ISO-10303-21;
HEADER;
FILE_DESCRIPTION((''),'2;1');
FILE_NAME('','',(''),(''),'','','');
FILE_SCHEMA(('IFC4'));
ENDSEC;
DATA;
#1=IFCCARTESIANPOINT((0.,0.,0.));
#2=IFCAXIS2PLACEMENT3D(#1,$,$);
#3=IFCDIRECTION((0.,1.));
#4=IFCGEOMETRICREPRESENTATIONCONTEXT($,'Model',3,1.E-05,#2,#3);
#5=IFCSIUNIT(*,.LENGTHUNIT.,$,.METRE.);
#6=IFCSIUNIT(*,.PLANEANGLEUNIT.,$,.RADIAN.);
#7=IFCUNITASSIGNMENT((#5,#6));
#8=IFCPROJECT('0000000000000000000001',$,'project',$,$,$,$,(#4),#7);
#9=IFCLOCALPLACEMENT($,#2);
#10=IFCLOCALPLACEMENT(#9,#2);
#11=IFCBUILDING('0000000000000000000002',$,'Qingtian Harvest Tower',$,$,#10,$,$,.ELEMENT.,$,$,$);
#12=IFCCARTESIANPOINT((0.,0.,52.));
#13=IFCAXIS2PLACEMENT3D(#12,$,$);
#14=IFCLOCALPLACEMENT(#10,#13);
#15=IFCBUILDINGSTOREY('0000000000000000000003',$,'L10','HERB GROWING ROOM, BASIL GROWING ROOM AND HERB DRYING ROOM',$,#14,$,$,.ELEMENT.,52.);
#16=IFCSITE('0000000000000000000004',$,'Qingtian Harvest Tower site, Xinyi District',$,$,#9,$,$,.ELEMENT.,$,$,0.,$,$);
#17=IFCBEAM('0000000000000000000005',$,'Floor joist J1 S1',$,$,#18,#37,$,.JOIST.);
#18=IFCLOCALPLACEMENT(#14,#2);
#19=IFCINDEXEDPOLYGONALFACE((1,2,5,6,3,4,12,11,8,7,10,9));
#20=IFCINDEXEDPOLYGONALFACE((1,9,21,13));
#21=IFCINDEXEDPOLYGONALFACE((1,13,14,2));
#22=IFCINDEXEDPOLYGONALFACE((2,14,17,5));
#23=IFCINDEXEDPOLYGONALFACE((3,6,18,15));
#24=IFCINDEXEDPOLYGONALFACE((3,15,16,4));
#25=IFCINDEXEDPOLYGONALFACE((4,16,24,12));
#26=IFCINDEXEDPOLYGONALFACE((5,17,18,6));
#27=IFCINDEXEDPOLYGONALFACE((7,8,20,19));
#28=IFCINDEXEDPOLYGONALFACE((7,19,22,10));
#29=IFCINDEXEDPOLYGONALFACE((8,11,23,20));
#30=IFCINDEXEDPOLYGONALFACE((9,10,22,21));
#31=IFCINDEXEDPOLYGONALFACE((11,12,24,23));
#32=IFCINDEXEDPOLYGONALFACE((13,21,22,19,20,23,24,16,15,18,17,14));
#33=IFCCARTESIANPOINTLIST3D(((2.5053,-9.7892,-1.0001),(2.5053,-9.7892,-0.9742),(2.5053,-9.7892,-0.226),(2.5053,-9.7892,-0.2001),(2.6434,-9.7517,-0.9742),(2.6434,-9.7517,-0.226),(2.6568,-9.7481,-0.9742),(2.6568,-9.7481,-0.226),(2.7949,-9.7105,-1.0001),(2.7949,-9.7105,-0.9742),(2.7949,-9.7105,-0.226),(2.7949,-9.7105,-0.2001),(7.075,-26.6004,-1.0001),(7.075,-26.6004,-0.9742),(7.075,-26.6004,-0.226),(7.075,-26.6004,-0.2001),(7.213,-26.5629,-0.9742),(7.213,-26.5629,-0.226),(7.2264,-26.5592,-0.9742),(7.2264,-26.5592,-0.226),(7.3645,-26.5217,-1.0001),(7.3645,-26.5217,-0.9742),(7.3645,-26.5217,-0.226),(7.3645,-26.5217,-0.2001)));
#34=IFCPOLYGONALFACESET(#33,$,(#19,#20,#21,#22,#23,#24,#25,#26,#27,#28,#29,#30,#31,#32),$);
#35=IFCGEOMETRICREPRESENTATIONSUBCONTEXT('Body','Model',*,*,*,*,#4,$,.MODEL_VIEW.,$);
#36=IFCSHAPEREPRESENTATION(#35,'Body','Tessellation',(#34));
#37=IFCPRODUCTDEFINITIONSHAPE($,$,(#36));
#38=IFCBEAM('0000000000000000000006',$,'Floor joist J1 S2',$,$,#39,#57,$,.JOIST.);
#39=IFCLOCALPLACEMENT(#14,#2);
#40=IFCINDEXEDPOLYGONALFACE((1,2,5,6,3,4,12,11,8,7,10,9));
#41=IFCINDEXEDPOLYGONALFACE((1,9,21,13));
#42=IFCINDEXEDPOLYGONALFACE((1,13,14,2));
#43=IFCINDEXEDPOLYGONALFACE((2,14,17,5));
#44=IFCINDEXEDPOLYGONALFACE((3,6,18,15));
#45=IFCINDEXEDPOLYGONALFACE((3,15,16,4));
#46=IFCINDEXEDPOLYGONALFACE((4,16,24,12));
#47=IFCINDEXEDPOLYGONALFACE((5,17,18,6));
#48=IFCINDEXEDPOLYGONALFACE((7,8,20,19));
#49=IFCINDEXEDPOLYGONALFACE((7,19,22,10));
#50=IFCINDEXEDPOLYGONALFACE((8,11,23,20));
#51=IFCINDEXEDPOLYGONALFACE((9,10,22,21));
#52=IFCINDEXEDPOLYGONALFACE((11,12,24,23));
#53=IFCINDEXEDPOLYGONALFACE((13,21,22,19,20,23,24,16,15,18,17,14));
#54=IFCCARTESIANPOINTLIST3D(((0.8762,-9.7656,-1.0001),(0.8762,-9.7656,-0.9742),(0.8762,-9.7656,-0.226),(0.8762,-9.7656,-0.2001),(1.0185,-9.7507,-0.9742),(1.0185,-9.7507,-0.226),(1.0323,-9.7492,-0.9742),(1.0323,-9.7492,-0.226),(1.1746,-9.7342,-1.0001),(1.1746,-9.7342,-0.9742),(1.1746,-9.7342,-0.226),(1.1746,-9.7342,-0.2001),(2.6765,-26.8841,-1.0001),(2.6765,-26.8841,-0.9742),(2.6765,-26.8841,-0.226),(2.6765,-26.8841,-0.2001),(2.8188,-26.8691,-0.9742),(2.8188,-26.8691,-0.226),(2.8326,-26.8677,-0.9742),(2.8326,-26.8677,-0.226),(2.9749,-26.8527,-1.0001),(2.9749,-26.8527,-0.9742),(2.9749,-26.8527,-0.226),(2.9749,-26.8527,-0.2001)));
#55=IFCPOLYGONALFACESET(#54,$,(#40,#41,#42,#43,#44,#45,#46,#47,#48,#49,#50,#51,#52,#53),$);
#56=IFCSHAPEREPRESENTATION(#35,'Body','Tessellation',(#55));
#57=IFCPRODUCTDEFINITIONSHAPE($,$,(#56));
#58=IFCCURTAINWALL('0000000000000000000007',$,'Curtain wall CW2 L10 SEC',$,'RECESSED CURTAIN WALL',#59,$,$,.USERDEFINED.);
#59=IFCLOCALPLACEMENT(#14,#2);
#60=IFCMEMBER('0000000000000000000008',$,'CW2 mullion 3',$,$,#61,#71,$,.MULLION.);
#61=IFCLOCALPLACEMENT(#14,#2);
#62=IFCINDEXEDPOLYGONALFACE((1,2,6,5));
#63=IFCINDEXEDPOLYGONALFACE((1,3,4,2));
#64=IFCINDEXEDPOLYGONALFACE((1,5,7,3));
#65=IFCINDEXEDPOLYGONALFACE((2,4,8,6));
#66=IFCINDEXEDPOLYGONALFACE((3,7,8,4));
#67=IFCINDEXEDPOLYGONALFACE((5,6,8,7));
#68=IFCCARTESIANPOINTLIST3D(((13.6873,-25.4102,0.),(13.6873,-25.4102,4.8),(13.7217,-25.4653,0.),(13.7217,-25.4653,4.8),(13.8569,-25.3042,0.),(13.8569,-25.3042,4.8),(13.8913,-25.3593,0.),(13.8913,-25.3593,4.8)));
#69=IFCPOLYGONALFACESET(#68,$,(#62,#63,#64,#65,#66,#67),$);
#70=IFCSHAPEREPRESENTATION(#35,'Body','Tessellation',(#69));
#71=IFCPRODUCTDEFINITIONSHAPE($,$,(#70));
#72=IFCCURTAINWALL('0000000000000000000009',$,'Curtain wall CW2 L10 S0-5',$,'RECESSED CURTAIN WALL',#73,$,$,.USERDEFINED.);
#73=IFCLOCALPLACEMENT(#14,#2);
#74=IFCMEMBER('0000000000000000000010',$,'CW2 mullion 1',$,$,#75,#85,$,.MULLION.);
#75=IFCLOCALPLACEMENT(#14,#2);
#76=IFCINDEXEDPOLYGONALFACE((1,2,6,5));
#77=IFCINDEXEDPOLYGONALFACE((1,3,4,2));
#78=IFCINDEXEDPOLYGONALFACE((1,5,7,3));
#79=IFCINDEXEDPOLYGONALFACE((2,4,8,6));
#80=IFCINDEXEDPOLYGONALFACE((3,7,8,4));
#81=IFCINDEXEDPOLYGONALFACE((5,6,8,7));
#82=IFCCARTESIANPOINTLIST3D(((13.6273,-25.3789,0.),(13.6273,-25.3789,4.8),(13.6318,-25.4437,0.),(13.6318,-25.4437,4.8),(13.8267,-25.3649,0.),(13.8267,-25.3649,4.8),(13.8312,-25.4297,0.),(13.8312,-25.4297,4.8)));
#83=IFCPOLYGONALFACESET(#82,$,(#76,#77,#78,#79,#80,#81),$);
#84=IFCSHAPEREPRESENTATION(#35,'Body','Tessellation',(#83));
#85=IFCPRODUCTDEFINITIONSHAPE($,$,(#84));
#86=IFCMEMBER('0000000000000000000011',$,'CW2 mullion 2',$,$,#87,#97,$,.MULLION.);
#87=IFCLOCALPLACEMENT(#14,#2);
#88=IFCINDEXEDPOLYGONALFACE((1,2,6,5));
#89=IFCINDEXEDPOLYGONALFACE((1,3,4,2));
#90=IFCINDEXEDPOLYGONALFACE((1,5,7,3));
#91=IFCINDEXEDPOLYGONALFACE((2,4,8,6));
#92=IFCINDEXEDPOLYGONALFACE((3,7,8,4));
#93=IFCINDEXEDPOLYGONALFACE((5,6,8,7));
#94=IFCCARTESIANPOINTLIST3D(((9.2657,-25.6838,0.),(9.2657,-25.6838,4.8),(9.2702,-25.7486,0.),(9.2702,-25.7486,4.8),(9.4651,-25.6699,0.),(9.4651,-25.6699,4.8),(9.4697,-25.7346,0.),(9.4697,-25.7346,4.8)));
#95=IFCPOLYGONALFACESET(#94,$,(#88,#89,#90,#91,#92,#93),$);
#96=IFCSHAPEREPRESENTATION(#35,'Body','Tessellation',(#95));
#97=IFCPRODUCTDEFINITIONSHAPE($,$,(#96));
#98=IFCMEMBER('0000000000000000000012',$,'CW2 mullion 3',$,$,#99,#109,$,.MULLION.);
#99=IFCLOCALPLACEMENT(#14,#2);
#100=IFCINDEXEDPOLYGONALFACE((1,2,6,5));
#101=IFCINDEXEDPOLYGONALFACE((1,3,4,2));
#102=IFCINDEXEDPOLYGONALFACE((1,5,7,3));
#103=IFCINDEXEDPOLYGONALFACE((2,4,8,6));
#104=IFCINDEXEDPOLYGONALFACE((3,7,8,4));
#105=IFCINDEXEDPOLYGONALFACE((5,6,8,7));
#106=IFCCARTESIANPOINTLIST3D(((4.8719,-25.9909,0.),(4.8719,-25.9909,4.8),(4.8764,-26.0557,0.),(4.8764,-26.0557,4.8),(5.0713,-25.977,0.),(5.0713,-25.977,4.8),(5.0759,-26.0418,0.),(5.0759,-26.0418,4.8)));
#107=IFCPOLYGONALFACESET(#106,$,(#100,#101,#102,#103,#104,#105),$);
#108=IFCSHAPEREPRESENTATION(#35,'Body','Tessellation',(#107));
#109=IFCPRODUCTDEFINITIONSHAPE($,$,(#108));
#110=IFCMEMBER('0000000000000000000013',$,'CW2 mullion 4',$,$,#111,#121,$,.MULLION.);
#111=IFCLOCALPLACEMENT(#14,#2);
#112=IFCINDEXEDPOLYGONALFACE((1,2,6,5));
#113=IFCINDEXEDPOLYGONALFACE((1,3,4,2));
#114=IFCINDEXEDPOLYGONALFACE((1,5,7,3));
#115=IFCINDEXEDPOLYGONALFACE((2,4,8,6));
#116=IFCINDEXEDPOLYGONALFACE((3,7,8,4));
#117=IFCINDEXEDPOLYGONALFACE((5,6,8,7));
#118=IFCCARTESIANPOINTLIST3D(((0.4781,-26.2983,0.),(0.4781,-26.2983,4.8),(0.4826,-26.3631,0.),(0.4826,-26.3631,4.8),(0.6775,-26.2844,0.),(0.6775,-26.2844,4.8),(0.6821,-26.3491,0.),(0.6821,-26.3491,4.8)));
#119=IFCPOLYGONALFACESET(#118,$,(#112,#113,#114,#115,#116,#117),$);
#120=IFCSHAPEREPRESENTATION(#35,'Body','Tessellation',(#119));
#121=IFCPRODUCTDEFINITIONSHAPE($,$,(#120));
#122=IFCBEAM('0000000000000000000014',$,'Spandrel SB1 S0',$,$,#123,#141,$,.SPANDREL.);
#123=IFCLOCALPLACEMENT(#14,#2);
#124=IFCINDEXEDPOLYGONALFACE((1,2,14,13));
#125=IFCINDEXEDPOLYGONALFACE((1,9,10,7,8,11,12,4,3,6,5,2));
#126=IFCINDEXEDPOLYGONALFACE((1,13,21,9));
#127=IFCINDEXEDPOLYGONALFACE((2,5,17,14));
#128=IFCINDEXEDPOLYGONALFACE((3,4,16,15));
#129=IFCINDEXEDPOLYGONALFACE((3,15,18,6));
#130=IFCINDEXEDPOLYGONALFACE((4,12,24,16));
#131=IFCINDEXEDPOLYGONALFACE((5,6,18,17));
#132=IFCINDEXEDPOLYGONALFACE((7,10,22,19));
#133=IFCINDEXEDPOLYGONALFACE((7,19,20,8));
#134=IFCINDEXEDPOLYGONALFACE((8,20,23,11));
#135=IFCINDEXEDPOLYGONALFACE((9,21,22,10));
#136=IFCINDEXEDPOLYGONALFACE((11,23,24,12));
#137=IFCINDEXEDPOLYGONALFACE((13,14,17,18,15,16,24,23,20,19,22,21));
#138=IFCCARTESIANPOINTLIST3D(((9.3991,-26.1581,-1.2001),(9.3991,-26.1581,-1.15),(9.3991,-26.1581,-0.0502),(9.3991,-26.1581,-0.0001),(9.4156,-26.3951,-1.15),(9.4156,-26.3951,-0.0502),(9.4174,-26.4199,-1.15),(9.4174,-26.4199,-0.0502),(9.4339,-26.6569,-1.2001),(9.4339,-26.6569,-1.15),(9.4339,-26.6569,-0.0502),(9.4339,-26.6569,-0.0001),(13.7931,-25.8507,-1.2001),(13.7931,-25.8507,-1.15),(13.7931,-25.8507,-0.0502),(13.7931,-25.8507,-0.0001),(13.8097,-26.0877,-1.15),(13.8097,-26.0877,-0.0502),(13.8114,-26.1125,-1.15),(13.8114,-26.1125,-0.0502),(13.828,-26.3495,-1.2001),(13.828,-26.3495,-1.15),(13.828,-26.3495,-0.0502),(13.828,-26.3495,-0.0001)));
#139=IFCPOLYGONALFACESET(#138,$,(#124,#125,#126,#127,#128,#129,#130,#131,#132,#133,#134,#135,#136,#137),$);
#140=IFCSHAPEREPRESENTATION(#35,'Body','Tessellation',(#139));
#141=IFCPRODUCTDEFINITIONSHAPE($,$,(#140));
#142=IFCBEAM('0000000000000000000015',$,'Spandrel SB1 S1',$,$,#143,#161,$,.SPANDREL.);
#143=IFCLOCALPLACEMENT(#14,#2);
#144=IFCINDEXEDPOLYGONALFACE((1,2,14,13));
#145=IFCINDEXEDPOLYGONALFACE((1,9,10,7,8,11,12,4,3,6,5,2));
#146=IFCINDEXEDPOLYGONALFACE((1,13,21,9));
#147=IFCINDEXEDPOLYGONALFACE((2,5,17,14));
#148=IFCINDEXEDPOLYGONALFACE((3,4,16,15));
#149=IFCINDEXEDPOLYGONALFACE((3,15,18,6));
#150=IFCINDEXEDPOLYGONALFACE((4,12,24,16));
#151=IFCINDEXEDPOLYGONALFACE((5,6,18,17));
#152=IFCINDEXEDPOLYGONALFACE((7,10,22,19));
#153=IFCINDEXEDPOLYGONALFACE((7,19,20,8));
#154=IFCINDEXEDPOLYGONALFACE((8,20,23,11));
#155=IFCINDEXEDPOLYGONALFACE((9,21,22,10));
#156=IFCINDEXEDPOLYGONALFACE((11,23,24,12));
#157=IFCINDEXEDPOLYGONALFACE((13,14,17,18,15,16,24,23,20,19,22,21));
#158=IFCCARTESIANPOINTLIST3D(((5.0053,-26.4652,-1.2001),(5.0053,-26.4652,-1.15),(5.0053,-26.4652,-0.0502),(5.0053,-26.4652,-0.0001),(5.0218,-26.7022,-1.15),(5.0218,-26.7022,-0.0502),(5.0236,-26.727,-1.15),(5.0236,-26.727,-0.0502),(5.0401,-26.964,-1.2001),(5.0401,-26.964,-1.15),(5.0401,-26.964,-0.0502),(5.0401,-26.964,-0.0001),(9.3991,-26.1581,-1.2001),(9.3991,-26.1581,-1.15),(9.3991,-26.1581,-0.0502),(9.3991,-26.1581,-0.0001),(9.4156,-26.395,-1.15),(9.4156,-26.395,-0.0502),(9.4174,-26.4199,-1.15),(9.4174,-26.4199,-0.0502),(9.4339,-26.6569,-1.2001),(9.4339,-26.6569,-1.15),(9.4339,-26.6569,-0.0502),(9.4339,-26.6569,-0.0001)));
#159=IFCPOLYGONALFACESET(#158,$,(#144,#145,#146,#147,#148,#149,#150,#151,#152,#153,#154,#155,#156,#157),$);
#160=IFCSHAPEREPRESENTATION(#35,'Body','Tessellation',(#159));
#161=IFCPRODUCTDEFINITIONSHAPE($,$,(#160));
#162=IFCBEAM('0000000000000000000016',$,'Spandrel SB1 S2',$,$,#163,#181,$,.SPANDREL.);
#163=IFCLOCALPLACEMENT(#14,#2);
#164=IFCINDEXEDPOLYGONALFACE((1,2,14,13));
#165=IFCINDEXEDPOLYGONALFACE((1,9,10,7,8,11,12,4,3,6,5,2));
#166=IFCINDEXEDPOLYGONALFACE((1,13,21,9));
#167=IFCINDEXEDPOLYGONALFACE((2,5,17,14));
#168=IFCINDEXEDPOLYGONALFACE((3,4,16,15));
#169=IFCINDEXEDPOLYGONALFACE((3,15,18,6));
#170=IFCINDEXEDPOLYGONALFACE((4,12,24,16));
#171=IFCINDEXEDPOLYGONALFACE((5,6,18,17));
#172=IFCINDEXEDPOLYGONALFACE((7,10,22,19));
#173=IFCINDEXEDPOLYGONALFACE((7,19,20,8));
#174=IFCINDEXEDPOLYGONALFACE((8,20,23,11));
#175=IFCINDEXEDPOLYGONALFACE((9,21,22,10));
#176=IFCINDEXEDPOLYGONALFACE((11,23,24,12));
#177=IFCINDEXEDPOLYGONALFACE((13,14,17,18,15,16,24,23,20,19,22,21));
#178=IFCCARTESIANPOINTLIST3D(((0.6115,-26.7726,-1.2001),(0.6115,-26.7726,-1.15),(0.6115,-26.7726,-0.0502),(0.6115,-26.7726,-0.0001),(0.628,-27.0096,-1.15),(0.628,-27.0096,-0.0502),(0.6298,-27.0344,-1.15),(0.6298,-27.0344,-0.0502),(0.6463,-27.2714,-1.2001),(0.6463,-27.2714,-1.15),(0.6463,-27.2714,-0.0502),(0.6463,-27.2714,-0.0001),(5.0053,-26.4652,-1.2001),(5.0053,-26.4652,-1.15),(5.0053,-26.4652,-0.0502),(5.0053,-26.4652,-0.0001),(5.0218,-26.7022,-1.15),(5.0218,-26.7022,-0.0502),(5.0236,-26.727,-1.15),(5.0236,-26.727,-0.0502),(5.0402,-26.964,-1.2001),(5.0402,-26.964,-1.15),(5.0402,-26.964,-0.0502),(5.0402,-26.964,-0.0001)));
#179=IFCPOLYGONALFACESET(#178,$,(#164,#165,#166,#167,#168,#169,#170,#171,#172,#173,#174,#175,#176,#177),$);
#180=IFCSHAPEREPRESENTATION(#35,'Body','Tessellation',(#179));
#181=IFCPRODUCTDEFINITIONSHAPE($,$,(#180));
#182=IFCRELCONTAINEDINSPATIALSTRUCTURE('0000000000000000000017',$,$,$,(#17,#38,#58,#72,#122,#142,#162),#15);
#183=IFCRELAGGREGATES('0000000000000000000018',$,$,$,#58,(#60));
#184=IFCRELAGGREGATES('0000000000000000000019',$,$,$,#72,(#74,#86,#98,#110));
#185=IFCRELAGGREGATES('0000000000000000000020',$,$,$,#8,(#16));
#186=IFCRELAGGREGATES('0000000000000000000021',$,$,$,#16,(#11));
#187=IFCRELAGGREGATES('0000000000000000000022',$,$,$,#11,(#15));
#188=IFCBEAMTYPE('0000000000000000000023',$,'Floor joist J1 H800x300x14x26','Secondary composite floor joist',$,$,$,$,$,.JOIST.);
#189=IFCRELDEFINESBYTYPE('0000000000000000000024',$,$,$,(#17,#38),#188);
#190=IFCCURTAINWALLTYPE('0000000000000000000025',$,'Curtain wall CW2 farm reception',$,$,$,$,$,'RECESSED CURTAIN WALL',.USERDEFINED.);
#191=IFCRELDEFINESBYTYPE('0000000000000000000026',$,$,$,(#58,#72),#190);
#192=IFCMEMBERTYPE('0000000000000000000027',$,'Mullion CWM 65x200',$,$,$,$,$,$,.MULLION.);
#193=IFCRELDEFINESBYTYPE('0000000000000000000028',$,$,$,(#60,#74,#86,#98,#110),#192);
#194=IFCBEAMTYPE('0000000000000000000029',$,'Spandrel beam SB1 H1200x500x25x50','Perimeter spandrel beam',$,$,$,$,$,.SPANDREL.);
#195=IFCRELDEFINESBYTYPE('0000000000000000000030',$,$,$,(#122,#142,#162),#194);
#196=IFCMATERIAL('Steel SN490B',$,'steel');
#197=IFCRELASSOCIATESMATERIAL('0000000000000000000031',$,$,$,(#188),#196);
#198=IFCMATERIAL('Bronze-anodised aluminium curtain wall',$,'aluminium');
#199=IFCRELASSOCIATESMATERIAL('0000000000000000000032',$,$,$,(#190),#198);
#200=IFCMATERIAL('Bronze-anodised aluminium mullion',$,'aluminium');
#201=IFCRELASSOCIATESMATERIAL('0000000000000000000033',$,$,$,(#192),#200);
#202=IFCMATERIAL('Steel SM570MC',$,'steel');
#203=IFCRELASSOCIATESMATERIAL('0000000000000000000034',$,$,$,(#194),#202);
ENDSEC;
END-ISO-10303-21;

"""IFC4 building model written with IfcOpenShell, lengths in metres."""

from ifc_helpers import new_model, si_unit, direction, frame, origin, origin_2d, place, context, subcontext, project, spatial, rectangle, i_section, extrude, material, material_profile, profile_set, type_object, element, aggregate, save


model = new_model("IFC4")

# Units and contexts
model_context = context("Model", 3, precision=1e-05, world=origin(), true_north=direction((0.0, 1.0)))
body_context = subcontext(model_context, "Body", "Model", "MODEL_VIEW")
ifc_project = project(units=[si_unit("LENGTHUNIT", "METRE"), si_unit("PLANEANGLEUNIT", "RADIAN")], contexts=[model_context])

# Site, building, storey
site_placement = place(None, origin())
site = spatial("IfcSite", under=ifc_project, at=site_placement, Name="Qingtian Harvest Tower site, Xinyi District", CompositionType="ELEMENT", RefElevation=0.0)
building_placement = place(site_placement, origin())
building = spatial("IfcBuilding", under=site, at=building_placement, Name="Qingtian Harvest Tower", CompositionType="ELEMENT")
storey_placement = place(building_placement, frame((0.0, 0.0, 52.0)))
storey = spatial("IfcBuildingStorey", under=building, at=storey_placement, Name="L10", Description="HERB GROWING ROOM, BASIL GROWING ROOM AND HERB DRYING ROOM", CompositionType="ELEMENT", Elevation=52.0)

# Beams
ifc_material_1 = material(Name="Steel SN490B", Category="steel")
ifc_material_profile_1 = material_profile(ifc_material_1, i_section(OverallWidth=0.3, OverallDepth=0.8, WebThickness=0.0139, FlangeThickness=0.0259, at=origin_2d()), Name="H800x300x14x26")
ifc_profile_set_1 = profile_set([ifc_material_profile_1], Name="Steel SN490B")
beam_type_1 = type_object("IfcBeamType", Name="Floor joist J1 H800x300x14x26", Description="Secondary composite floor joist", PredefinedType="JOIST", material=ifc_profile_set_1)
beam_1_placement = place(storey_placement, frame((7.2197, -26.561, -0.6001), z_axis=(-0.262303, 0.964986, 0.0), x_axis=(-0.964986, -0.262303, 0.0)))
element("IfcBeam", 1, at=beam_1_placement, inside=storey, type_object=beam_type_1, Name="Floor joist J1 S1", PredefinedType="JOIST", context=body_context, shape_type="SweptSolid", body=[
    extrude(i_section(OverallWidth=0.3, OverallDepth=0.8, WebThickness=0.0139, FlangeThickness=0.0259, at=origin_2d()), origin(), (0.0, 0.0, 1.0), 17.4211),
])
beam_2_placement = place(storey_placement, frame((2.8257, -26.8684, -0.6001), z_axis=(-0.10459, 0.994515, 0.0), x_axis=(-0.994515, -0.10459, 0.0)))
element("IfcBeam", 2, at=beam_2_placement, inside=storey, type_object=beam_type_1, Name="Floor joist J1 S2", PredefinedType="JOIST", context=body_context, shape_type="SweptSolid", body=[
    extrude(i_section(OverallWidth=0.3, OverallDepth=0.8, WebThickness=0.0139, FlangeThickness=0.0259, at=origin_2d()), origin(), (0.0, 0.0, 1.0), 17.2129),
])

# Curtain wall, member
ifc_material_2 = material(Name="Bronze-anodised aluminium curtain wall", Category="aluminium")
curtain_wall_type = type_object("IfcCurtainWallType", Name="Curtain wall CW2 farm reception", ElementType="RECESSED CURTAIN WALL", PredefinedType="USERDEFINED", material=ifc_material_2)
curtain_wall_1_placement = place(storey_placement, origin())
curtain_wall_1 = element("IfcCurtainWall", 3, at=curtain_wall_1_placement, inside=storey, type_object=curtain_wall_type, Name="Curtain wall CW2 L10 SEC", ObjectType="RECESSED CURTAIN WALL", PredefinedType="USERDEFINED")
ifc_material_3 = material(Name="Bronze-anodised aluminium mullion", Category="aluminium")
ifc_material_profile_2 = material_profile(ifc_material_3, rectangle(XDim=0.0649, YDim=0.2, at=origin_2d()), Name="AL 65x200")
ifc_profile_set_2 = profile_set([ifc_material_profile_2], Name="Bronze-anodised aluminium mullion")
member_type_1 = type_object("IfcMemberType", Name="Mullion CWM 65x200", PredefinedType="MULLION", material=ifc_profile_set_2)
member_1_placement = place(storey_placement, frame((13.7893, -25.3848, 0.0), z_axis=(0.0, 0.0, 1.0), x_axis=(0.529919, -0.848048, 0.0)))
member_1 = element("IfcMember", 4, at=member_1_placement, type_object=member_type_1, Name="CW2 mullion 3", PredefinedType="MULLION", context=body_context, shape_type="SweptSolid", body=[
    extrude(rectangle(XDim=0.0649, YDim=0.2, at=origin_2d()), origin(), (0.0, 0.0, 1.0), 4.8),
])
aggregate(curtain_wall_1, [member_1])

# Curtain wall, members
curtain_wall_2_placement = place(storey_placement, origin())
curtain_wall_2 = element("IfcCurtainWall", 5, at=curtain_wall_2_placement, inside=storey, type_object=curtain_wall_type, Name="Curtain wall CW2 L10 S0-5", ObjectType="RECESSED CURTAIN WALL", PredefinedType="USERDEFINED")
member_2_placement = place(storey_placement, frame((13.7292, -25.4043, 0.0), z_axis=(0.0, 0.0, 1.0), x_axis=(0.069756, -0.997564, 0.0)))
member_2 = element("IfcMember", 6, at=member_2_placement, type_object=member_type_1, Name="CW2 mullion 1", PredefinedType="MULLION", context=body_context, shape_type="SweptSolid", body=[
    extrude(rectangle(XDim=0.0649, YDim=0.2, at=origin_2d()), origin(), (0.0, 0.0, 1.0), 4.8),
])
member_3_placement = place(storey_placement, frame((9.3677, -25.7092, 0.0), z_axis=(0.0, 0.0, 1.0), x_axis=(0.069756, -0.997564, 0.0)))
member_3 = element("IfcMember", 7, at=member_3_placement, type_object=member_type_1, Name="CW2 mullion 2", PredefinedType="MULLION", context=body_context, shape_type="SweptSolid", body=[
    extrude(rectangle(XDim=0.0649, YDim=0.2, at=origin_2d()), origin(), (0.0, 0.0, 1.0), 4.8),
])
member_4_placement = place(storey_placement, frame((4.9739, -26.0164, 0.0), z_axis=(0.0, 0.0, 1.0), x_axis=(0.069756, -0.997564, 0.0)))
member_4 = element("IfcMember", 8, at=member_4_placement, type_object=member_type_1, Name="CW2 mullion 3", PredefinedType="MULLION", context=body_context, shape_type="SweptSolid", body=[
    extrude(rectangle(XDim=0.0649, YDim=0.2, at=origin_2d()), origin(), (0.0, 0.0, 1.0), 4.8),
])
member_5_placement = place(storey_placement, frame((0.5801, -26.3237, 0.0), z_axis=(0.0, 0.0, 1.0), x_axis=(0.069756, -0.997564, 0.0)))
member_5 = element("IfcMember", 9, at=member_5_placement, type_object=member_type_1, Name="CW2 mullion 4", PredefinedType="MULLION", context=body_context, shape_type="SweptSolid", body=[
    extrude(rectangle(XDim=0.0649, YDim=0.2, at=origin_2d()), origin(), (0.0, 0.0, 1.0), 4.8),
])

# Beams
ifc_material_4 = material(Name="Steel SM570MC", Category="steel")
ifc_material_profile_3 = material_profile(ifc_material_4, i_section(OverallWidth=0.5, OverallDepth=1.2, WebThickness=0.0249, FlangeThickness=0.05, at=origin_2d()), Name="H1200x500x25x50")
ifc_profile_set_3 = profile_set([ifc_material_profile_3], Name="Steel SM570MC")
beam_type_2 = type_object("IfcBeamType", Name="Spandrel beam SB1 H1200x500x25x50", Description="Perimeter spandrel beam", PredefinedType="SPANDREL", material=ifc_profile_set_3)
beam_3_placement = place(storey_placement, frame((13.8105, -26.1001, -0.6001), z_axis=(-0.997562, -0.069782, 0.0), x_axis=(0.069782, -0.997562, 0.0)))
element("IfcBeam", 10, at=beam_3_placement, inside=storey, type_object=beam_type_2, Name="Spandrel SB1 S0", PredefinedType="SPANDREL", context=body_context, shape_type="SweptSolid", body=[
    extrude(i_section(OverallWidth=0.5, OverallDepth=1.2, WebThickness=0.0249, FlangeThickness=0.05, at=origin_2d()), origin(), (0.0, 0.0, 1.0), 4.4048),
])
for number, where, z_axis, x_axis, name in (
    (11, (9.4165, -26.4075, -0.6001), (-0.997566, -0.06973, 0.0), (0.06973, -0.997566, 0.0), "Spandrel SB1 S1"),
    (12, (5.0227, -26.7146, -0.6001), (-0.997562, -0.069786, 0.0), (0.069786, -0.997562, 0.0), "Spandrel SB1 S2"),
):
    element("IfcBeam", number, at=place(storey_placement, frame(where, z_axis=z_axis, x_axis=x_axis)), inside=storey, type_object=beam_type_2, Name=name, PredefinedType="SPANDREL", context=body_context, shape_type="SweptSolid", body=[
        extrude(i_section(OverallWidth=0.5, OverallDepth=1.2, WebThickness=0.0249, FlangeThickness=0.05, at=origin_2d()), origin(), (0.0, 0.0, 1.0), 4.4045),
    ])

aggregate(curtain_wall_2, [member_2, member_3, member_4, member_5])

save(model, "model.ifc")
